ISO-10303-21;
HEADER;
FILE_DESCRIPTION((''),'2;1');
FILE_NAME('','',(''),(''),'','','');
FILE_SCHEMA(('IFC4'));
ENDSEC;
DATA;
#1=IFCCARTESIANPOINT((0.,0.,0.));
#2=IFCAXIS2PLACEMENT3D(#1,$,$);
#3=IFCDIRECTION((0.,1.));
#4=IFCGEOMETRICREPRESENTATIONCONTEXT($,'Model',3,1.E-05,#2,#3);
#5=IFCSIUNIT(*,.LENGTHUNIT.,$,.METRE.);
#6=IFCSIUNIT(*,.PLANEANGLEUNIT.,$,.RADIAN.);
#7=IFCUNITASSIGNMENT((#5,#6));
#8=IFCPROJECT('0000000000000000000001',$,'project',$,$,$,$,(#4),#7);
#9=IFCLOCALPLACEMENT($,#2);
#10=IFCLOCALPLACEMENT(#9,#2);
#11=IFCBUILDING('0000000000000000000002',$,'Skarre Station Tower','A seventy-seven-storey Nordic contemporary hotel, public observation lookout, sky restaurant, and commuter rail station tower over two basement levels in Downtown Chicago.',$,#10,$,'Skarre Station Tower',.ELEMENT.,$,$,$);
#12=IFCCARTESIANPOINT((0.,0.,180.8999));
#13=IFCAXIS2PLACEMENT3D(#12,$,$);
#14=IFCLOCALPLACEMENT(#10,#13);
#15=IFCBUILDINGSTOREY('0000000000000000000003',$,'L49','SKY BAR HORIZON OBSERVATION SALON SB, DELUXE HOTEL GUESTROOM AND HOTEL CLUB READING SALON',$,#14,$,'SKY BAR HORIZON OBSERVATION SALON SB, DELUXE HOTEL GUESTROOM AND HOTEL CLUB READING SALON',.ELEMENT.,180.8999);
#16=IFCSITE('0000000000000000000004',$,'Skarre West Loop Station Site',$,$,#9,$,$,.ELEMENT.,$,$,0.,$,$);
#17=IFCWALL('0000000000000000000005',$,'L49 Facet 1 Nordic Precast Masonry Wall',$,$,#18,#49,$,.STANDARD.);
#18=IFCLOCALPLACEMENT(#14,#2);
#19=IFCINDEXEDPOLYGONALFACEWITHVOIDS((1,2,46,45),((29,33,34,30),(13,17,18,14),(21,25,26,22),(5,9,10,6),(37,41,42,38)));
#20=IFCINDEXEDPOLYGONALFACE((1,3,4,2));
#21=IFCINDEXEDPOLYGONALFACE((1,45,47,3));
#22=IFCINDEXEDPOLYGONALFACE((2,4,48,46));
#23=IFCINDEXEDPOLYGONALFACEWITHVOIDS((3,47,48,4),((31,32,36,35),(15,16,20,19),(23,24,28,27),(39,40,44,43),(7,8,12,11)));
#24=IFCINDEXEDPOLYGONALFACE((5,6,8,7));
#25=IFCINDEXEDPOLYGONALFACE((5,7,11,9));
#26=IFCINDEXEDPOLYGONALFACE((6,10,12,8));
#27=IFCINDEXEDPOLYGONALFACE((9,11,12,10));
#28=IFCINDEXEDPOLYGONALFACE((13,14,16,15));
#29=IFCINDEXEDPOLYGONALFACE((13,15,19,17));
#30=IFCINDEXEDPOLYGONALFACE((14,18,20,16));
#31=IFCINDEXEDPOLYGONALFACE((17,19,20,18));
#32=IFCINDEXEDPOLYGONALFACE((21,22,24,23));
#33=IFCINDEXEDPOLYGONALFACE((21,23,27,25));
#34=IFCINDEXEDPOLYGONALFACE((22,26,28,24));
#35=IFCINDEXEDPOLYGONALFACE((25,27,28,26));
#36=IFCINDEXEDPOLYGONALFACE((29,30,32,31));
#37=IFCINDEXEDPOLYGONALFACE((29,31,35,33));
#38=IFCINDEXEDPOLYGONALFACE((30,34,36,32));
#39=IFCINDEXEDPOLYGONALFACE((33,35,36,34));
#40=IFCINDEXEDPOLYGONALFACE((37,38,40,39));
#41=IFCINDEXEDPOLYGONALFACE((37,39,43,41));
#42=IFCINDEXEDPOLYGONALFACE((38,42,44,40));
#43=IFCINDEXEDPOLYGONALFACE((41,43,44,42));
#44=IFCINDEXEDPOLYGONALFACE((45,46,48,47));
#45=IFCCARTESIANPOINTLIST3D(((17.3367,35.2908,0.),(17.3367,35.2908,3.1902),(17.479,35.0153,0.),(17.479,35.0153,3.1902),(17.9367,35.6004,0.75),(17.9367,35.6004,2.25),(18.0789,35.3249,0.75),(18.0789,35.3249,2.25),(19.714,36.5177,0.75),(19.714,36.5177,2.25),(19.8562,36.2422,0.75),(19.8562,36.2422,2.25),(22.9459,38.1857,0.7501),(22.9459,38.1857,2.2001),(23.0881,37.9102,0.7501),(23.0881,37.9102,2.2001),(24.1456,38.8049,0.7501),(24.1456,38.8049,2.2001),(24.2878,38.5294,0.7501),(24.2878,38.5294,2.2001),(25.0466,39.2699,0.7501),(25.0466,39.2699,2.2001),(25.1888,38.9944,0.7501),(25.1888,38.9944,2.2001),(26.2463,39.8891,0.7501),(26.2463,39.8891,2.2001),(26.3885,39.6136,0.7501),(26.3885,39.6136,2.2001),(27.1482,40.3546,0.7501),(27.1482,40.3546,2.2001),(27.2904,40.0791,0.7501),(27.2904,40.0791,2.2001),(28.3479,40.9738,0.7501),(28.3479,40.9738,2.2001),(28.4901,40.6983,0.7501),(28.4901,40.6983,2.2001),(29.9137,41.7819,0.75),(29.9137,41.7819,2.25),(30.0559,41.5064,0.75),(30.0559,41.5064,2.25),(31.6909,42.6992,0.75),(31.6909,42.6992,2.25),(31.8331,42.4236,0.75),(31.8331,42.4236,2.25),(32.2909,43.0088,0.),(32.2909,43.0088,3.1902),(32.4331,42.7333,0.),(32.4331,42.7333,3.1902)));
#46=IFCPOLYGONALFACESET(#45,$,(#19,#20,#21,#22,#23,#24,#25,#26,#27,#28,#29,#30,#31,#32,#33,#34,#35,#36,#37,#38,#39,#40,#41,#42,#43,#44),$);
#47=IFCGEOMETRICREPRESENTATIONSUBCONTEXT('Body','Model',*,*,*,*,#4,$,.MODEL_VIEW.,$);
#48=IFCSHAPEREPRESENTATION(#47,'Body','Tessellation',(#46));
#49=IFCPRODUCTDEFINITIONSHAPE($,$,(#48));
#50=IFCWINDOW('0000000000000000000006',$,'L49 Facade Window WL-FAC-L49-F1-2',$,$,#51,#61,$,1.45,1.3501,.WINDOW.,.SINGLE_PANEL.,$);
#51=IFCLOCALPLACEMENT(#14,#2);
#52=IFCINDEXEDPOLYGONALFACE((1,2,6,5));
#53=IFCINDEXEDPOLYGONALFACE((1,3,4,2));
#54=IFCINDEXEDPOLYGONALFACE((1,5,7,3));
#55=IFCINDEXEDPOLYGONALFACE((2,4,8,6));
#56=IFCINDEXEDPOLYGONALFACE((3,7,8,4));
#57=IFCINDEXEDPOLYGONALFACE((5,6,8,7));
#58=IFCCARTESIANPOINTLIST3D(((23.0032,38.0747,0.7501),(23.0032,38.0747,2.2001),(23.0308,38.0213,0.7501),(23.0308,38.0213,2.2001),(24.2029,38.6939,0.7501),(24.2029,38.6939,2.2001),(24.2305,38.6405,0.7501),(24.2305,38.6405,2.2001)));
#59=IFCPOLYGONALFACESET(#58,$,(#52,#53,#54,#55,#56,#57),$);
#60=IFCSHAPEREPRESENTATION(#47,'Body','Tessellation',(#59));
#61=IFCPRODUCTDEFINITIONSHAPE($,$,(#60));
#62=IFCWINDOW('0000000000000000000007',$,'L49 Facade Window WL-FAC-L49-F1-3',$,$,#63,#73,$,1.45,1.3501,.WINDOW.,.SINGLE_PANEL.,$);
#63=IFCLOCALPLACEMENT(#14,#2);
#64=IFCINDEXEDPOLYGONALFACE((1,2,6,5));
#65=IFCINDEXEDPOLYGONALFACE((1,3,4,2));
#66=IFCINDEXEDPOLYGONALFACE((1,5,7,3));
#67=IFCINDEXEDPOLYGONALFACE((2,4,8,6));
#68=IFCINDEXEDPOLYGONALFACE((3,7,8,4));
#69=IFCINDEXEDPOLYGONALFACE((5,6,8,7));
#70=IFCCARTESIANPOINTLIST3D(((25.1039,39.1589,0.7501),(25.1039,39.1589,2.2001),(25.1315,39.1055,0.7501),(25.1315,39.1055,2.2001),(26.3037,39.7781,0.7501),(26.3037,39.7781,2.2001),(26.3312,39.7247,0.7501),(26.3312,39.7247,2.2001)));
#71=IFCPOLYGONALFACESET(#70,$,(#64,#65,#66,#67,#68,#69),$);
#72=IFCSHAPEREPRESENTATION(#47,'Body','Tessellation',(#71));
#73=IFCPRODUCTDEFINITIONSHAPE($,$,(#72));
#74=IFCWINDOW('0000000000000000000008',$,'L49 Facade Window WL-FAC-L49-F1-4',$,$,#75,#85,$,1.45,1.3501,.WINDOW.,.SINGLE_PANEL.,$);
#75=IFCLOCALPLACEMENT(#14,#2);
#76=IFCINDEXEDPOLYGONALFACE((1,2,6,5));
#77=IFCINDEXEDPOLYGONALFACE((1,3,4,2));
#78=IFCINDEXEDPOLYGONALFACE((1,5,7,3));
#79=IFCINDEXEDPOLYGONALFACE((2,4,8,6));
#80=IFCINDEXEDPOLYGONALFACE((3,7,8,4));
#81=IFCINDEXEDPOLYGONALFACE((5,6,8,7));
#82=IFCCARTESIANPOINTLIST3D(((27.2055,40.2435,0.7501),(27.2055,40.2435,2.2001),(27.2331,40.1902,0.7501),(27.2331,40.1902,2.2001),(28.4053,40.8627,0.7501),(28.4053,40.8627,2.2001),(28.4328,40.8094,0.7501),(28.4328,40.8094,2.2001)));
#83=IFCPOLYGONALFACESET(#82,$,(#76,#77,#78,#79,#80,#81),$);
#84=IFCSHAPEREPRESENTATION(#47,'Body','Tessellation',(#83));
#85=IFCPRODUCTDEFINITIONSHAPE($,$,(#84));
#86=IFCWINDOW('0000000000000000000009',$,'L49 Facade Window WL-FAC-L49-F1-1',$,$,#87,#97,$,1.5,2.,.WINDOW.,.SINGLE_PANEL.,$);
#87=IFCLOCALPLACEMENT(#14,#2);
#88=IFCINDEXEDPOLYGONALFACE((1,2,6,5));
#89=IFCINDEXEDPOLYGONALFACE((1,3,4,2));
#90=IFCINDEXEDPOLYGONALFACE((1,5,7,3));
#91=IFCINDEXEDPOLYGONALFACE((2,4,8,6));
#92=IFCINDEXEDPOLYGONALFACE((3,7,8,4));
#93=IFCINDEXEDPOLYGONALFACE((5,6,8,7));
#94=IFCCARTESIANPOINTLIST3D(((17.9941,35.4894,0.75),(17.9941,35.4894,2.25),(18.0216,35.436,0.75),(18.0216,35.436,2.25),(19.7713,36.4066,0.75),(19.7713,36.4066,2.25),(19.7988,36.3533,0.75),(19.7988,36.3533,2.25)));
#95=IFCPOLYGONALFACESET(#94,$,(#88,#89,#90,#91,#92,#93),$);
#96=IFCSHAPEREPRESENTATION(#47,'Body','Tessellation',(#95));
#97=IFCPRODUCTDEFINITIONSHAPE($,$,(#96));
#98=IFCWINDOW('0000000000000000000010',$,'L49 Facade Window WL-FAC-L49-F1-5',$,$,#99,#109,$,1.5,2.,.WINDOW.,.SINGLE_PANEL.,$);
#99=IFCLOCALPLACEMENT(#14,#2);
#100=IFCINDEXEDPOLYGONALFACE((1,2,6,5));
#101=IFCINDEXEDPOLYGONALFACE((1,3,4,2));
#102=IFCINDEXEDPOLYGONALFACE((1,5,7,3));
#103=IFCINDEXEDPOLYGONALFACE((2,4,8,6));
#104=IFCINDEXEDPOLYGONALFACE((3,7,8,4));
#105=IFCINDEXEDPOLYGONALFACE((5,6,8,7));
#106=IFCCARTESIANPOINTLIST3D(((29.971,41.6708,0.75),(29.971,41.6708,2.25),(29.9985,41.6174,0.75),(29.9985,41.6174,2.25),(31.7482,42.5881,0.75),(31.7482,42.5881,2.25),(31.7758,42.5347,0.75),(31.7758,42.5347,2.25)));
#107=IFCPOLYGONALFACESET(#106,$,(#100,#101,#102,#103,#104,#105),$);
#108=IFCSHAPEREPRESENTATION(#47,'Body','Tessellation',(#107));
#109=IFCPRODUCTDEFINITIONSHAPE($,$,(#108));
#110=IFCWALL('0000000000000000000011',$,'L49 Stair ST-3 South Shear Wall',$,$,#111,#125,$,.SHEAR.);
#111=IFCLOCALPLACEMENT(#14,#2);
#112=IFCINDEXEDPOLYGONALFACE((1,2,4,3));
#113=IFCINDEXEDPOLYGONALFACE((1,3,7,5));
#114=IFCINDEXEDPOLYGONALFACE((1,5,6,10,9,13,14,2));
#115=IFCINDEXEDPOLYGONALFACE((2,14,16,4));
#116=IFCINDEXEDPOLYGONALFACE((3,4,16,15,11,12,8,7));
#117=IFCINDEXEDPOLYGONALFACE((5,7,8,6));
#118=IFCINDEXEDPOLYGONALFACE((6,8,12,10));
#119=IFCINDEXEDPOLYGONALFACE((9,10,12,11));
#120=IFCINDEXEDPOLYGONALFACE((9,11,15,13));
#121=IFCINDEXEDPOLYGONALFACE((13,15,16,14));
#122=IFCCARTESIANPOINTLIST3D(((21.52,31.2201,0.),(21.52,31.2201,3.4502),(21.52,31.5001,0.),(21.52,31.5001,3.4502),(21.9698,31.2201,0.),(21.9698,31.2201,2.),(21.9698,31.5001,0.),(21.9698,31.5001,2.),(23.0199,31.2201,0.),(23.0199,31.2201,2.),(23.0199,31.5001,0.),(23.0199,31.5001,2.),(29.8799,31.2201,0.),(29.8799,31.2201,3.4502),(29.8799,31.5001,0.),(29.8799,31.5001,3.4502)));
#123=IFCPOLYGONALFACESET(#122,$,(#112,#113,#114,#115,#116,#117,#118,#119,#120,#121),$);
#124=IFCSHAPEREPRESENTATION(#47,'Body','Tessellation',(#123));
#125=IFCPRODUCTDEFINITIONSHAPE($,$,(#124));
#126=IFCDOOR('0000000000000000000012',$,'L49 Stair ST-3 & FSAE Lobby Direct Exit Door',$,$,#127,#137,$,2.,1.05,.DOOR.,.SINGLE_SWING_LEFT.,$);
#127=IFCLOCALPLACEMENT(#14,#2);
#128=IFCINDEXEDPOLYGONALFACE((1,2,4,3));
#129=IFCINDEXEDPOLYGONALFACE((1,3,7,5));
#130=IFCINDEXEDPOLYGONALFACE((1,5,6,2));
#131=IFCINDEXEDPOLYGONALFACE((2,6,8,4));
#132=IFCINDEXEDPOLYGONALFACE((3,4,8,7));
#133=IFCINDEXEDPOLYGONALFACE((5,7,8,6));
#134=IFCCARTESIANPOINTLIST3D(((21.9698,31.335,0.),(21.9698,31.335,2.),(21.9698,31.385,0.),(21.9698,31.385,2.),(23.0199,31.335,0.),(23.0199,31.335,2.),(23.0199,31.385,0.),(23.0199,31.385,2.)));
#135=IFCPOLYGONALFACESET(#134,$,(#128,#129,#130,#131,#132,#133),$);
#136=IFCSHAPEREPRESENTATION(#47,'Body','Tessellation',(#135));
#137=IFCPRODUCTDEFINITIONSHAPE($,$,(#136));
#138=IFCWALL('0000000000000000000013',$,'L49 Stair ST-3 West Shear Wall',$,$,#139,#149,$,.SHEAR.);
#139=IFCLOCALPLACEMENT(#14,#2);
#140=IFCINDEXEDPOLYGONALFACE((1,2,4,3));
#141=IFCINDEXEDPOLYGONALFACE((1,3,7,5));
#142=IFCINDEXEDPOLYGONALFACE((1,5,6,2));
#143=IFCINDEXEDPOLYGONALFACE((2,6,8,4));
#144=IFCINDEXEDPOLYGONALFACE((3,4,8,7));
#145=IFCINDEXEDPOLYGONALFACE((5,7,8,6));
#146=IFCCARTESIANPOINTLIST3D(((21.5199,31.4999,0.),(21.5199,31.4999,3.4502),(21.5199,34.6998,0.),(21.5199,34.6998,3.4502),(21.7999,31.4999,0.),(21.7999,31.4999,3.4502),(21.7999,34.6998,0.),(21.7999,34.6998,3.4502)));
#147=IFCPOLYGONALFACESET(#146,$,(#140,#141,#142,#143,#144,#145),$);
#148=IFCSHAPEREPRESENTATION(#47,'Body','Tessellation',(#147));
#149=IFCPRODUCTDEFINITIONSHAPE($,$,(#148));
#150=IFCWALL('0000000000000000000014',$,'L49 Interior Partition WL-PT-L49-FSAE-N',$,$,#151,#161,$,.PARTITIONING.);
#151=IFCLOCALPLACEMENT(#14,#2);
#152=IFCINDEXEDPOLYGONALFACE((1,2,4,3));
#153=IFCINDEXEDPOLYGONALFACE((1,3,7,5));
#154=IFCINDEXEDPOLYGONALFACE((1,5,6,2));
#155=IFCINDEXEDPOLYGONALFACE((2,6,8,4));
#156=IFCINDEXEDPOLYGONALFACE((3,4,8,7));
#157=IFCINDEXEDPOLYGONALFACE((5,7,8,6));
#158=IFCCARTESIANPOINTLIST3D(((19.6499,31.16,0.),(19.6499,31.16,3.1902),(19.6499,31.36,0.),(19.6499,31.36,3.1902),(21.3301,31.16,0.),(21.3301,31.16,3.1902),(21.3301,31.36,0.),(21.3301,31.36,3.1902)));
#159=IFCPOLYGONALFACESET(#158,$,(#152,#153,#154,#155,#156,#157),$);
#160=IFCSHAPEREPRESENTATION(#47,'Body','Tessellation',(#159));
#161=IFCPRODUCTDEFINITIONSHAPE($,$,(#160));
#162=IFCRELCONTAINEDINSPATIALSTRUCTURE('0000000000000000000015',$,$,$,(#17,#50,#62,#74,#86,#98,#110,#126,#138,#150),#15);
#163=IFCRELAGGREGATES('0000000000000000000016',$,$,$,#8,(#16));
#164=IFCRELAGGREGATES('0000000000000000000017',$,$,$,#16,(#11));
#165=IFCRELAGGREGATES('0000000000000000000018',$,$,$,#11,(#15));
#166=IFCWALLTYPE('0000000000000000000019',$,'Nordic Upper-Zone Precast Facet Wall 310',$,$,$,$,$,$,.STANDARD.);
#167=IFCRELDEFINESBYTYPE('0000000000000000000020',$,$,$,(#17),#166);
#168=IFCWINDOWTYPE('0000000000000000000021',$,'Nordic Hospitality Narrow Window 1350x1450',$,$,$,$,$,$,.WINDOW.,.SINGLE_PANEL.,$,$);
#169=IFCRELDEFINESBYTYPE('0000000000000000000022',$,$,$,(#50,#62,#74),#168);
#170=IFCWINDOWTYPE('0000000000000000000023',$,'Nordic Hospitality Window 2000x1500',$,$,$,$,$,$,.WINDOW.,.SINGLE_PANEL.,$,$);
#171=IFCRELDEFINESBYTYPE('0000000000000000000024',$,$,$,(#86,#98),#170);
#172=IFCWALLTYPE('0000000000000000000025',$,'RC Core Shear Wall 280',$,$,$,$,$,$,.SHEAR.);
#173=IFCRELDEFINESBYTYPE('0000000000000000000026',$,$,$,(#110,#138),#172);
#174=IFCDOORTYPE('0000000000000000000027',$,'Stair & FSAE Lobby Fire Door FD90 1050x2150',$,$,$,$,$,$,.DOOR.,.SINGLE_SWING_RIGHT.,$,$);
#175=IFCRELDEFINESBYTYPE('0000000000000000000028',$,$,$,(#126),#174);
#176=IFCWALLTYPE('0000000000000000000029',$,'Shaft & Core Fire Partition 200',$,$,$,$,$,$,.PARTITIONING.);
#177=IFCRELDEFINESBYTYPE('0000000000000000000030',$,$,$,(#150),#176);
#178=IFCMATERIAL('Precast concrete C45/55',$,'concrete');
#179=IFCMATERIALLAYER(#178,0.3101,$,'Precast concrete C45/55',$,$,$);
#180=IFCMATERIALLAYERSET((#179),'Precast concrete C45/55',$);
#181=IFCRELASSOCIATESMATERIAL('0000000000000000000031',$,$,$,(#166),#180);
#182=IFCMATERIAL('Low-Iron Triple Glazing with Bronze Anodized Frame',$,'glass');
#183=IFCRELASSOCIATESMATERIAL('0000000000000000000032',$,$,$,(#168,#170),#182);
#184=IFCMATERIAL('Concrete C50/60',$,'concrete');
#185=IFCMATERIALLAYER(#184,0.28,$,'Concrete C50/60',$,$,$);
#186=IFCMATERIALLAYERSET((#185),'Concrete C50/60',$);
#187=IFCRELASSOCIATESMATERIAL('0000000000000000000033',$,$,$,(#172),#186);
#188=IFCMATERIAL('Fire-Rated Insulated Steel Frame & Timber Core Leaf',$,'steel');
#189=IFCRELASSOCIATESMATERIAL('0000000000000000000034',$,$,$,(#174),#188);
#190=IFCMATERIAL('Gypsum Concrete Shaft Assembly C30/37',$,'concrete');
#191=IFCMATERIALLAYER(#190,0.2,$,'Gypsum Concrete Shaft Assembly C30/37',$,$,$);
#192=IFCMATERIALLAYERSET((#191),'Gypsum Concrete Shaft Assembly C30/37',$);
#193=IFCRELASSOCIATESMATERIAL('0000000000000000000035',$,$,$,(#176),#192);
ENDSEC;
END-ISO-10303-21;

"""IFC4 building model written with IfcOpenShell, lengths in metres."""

from ifc_helpers import new_model, si_unit, direction, frame, frame_2d, origin, place, context, subcontext, project, spatial, rectangle, extrude, material, layer, layer_set, type_object, element, fill, save


model = new_model("IFC4")

# Units and contexts
model_context = context("Model", 3, precision=1e-05, world=origin(), true_north=direction((0.0, 1.0)))
body_context = subcontext(model_context, "Body", "Model", "MODEL_VIEW")
ifc_project = project(units=[si_unit("LENGTHUNIT", "METRE"), si_unit("PLANEANGLEUNIT", "RADIAN")], contexts=[model_context])

# Site, building, storey
site_placement = place(None, origin())
site = spatial("IfcSite", under=ifc_project, at=site_placement, Name="Skarre West Loop Station Site", CompositionType="ELEMENT", RefElevation=0.0)
building_placement = place(site_placement, origin())
building = spatial("IfcBuilding", under=site, at=building_placement, Name="Skarre Station Tower", Description="A seventy-seven-storey Nordic contemporary hotel, public observation lookout, sky restaurant, and commuter rail station tower over two basement levels in Downtown Chicago.", LongName="Skarre Station Tower", CompositionType="ELEMENT")
storey_placement = place(building_placement, frame((0.0, 0.0, 180.8999)))
storey = spatial("IfcBuildingStorey", under=building, at=storey_placement, Name="L49", Description="SKY BAR HORIZON OBSERVATION SALON SB, DELUXE HOTEL GUESTROOM AND HOTEL CLUB READING SALON", LongName="SKY BAR HORIZON OBSERVATION SALON SB, DELUXE HOTEL GUESTROOM AND HOTEL CLUB READING SALON", CompositionType="ELEMENT", Elevation=180.8999)

# Shared definitions
ifc_material_1 = material(Name="Concrete C50/60", Category="concrete")

# Shared definitions
ifc_material_2 = material(Name="Precast concrete C45/55", Category="concrete")

# Wall, openings, windows
ifc_layer_1 = layer(ifc_material_2, 0.3101, Name="Precast concrete C45/55")
ifc_layer_set_1 = layer_set([ifc_layer_1], Name="Precast concrete C45/55")
wall_type_1 = type_object("IfcWallType", Name="Nordic Upper-Zone Precast Facet Wall 310", PredefinedType="STANDARD", material=ifc_layer_set_1)
wall_1_placement = place(storey_placement, frame((17.408, 35.1531, 0.0), z_axis=(0.0, 0.0, 1.0), x_axis=(0.888626, 0.458632, 0.0)))
wall_1 = element("IfcWall", 1, at=wall_1_placement, inside=storey, type_object=wall_type_1, Name="L49 Facet 1 Nordic Precast Masonry Wall", PredefinedType="STANDARD", context=body_context, shape_type="SweptSolid", body=[
    extrude(rectangle(XDim=16.8284, YDim=0.3101, at=frame_2d((8.4141, 0.0))), origin(), (0.0, 0.0, 1.0), 3.1902),
])
opening_1_placement = place(wall_1_placement, frame((0.675, 0.0, 0.75)))
opening_1 = element("IfcOpeningElement", 2, at=opening_1_placement, cuts=wall_1, PredefinedType="OPENING", context=body_context, shape_type="SweptSolid", body=[
    extrude(rectangle(XDim=2.0, YDim=1.5, at=frame_2d((1.0, 0.75))), frame((0.0, 0.165, 0.0), z_axis=(0.0, -1.0, 0.0), x_axis=(1.0, 0.0, 0.0)), (0.0, 0.0, 1.0), 0.3301),
])
opening_2_placement = place(wall_1_placement, frame((6.312, 0.0, 0.75)))
opening_2 = element("IfcOpeningElement", 3, at=opening_2_placement, cuts=wall_1, PredefinedType="OPENING", context=body_context, shape_type="SweptSolid", body=[
    extrude(rectangle(XDim=1.3501, YDim=1.45, at=frame_2d((0.675, 0.7251))), frame((0.0, 0.165, 0.0), z_axis=(0.0, -1.0, 0.0), x_axis=(1.0, 0.0, 0.0)), (0.0, 0.0, 1.0), 0.3301),
])
opening_3_placement = place(wall_1_placement, frame((8.676, 0.0, 0.75)))
opening_3 = element("IfcOpeningElement", 4, at=opening_3_placement, cuts=wall_1, PredefinedType="OPENING", context=body_context, shape_type="SweptSolid", body=[
    extrude(rectangle(XDim=1.3501, YDim=1.45, at=frame_2d((0.675, 0.7251))), frame((0.0, 0.165, 0.0), z_axis=(0.0, -1.0, 0.0), x_axis=(1.0, 0.0, 0.0)), (0.0, 0.0, 1.0), 0.3301),
])
opening_4_placement = place(wall_1_placement, frame((11.041, 0.0, 0.75)))
opening_4 = element("IfcOpeningElement", 5, at=opening_4_placement, cuts=wall_1, PredefinedType="OPENING", context=body_context, shape_type="SweptSolid", body=[
    extrude(rectangle(XDim=1.3501, YDim=1.45, at=frame_2d((0.675, 0.7251))), frame((0.0, 0.165, 0.0), z_axis=(0.0, -1.0, 0.0), x_axis=(1.0, 0.0, 0.0)), (0.0, 0.0, 1.0), 0.3301),
])
opening_5_placement = place(wall_1_placement, frame((14.1531, 0.0, 0.75)))
opening_5 = element("IfcOpeningElement", 6, at=opening_5_placement, cuts=wall_1, PredefinedType="OPENING", context=body_context, shape_type="SweptSolid", body=[
    extrude(rectangle(XDim=2.0, YDim=1.5, at=frame_2d((1.0, 0.75))), frame((0.0, 0.165, 0.0), z_axis=(0.0, -1.0, 0.0), x_axis=(1.0, 0.0, 0.0)), (0.0, 0.0, 1.0), 0.3301),
])
ifc_material_3 = material(Name="Low-Iron Triple Glazing with Bronze Anodized Frame", Category="glass")
window_type_1 = type_object("IfcWindowType", Name="Nordic Hospitality Narrow Window 1350x1450", PartitioningType="SINGLE_PANEL", PredefinedType="WINDOW", material=ifc_material_3)
window_1_placement = place(opening_2_placement, origin())
window_1 = element("IfcWindow", 7, at=window_1_placement, inside=storey, type_object=window_type_1, Name="L49 Facade Window WL-FAC-L49-F1-2", OverallHeight=1.45, OverallWidth=1.3501, PartitioningType="SINGLE_PANEL", PredefinedType="WINDOW", context=body_context, shape_type="SweptSolid", body=[
    extrude(rectangle(XDim=1.3501, YDim=1.45, at=frame_2d((0.675, 0.7251))), frame((0.0, 0.03, 0.0), z_axis=(0.0, -1.0, 0.0), x_axis=(1.0, 0.0, 0.0)), (0.0, 0.0, 1.0), 0.0601),
])
fill(opening_2, window_1)
window_2_placement = place(opening_3_placement, origin())
window_2 = element("IfcWindow", 8, at=window_2_placement, inside=storey, type_object=window_type_1, Name="L49 Facade Window WL-FAC-L49-F1-3", OverallHeight=1.45, OverallWidth=1.3501, PartitioningType="SINGLE_PANEL", PredefinedType="WINDOW", context=body_context, shape_type="SweptSolid", body=[
    extrude(rectangle(XDim=1.3501, YDim=1.45, at=frame_2d((0.675, 0.7251))), frame((0.0, 0.03, 0.0), z_axis=(0.0, -1.0, 0.0), x_axis=(1.0, 0.0, 0.0)), (0.0, 0.0, 1.0), 0.0601),
])
fill(opening_3, window_2)
window_3_placement = place(opening_4_placement, origin())
window_3 = element("IfcWindow", 9, at=window_3_placement, inside=storey, type_object=window_type_1, Name="L49 Facade Window WL-FAC-L49-F1-4", OverallHeight=1.45, OverallWidth=1.3501, PartitioningType="SINGLE_PANEL", PredefinedType="WINDOW", context=body_context, shape_type="SweptSolid", body=[
    extrude(rectangle(XDim=1.3501, YDim=1.45, at=frame_2d((0.675, 0.7251))), frame((0.0, 0.03, 0.0), z_axis=(0.0, -1.0, 0.0), x_axis=(1.0, 0.0, 0.0)), (0.0, 0.0, 1.0), 0.0601),
])
fill(opening_4, window_3)
window_type_2 = type_object("IfcWindowType", Name="Nordic Hospitality Window 2000x1500", PartitioningType="SINGLE_PANEL", PredefinedType="WINDOW", material=ifc_material_3)
window_4_placement = place(opening_1_placement, origin())
window_4 = element("IfcWindow", 10, at=window_4_placement, inside=storey, type_object=window_type_2, Name="L49 Facade Window WL-FAC-L49-F1-1", OverallHeight=1.5, OverallWidth=2.0, PartitioningType="SINGLE_PANEL", PredefinedType="WINDOW", context=body_context, shape_type="SweptSolid", body=[
    extrude(rectangle(XDim=2.0, YDim=1.5, at=frame_2d((1.0, 0.75))), frame((0.0, 0.03, 0.0), z_axis=(0.0, -1.0, 0.0), x_axis=(1.0, 0.0, 0.0)), (0.0, 0.0, 1.0), 0.0601),
])
fill(opening_1, window_4)
window_5_placement = place(opening_5_placement, origin())
window_5 = element("IfcWindow", 11, at=window_5_placement, inside=storey, type_object=window_type_2, Name="L49 Facade Window WL-FAC-L49-F1-5", OverallHeight=1.5, OverallWidth=2.0, PartitioningType="SINGLE_PANEL", PredefinedType="WINDOW", context=body_context, shape_type="SweptSolid", body=[
    extrude(rectangle(XDim=2.0, YDim=1.5, at=frame_2d((1.0, 0.75))), frame((0.0, 0.03, 0.0), z_axis=(0.0, -1.0, 0.0), x_axis=(1.0, 0.0, 0.0)), (0.0, 0.0, 1.0), 0.0601),
])
fill(opening_5, window_5)

# Wall, opening, door
ifc_layer_2 = layer(ifc_material_1, 0.28, Name="Concrete C50/60")
ifc_layer_set_2 = layer_set([ifc_layer_2], Name="Concrete C50/60")
wall_type_2 = type_object("IfcWallType", Name="RC Core Shear Wall 280", PredefinedType="SHEAR", material=ifc_layer_set_2)
wall_2_placement = place(storey_placement, frame((21.52, 31.3601, 0.0), z_axis=(0.0, 0.0, 1.0), x_axis=(1.0, 0.0, 0.0)))
wall_2 = element("IfcWall", 12, at=wall_2_placement, inside=storey, type_object=wall_type_2, Name="L49 Stair ST-3 South Shear Wall", PredefinedType="SHEAR", context=body_context, shape_type="SweptSolid", body=[
    extrude(rectangle(XDim=8.3599, YDim=0.28, at=frame_2d((4.1799, 0.0))), origin(), (0.0, 0.0, 1.0), 3.4502),
])
opening_6_placement = place(wall_2_placement, frame((0.45, 0.0, 0.0)))
opening_6 = element("IfcOpeningElement", 13, at=opening_6_placement, cuts=wall_2, PredefinedType="OPENING", context=body_context, shape_type="SweptSolid", body=[
    extrude(rectangle(XDim=1.05, YDim=2.0, at=frame_2d((0.5249, 1.0))), frame((0.0, 0.1499, 0.0), z_axis=(0.0, -1.0, 0.0), x_axis=(1.0, 0.0, 0.0)), (0.0, 0.0, 1.0), 0.3),
])
ifc_material_4 = material(Name="Fire-Rated Insulated Steel Frame & Timber Core Leaf", Category="steel")
door_type = type_object("IfcDoorType", Name="Stair & FSAE Lobby Fire Door FD90 1050x2150", OperationType="SINGLE_SWING_RIGHT", PredefinedType="DOOR", material=ifc_material_4)
door_placement = place(opening_6_placement, origin())
door = element("IfcDoor", 14, at=door_placement, inside=storey, type_object=door_type, Name="L49 Stair ST-3 & FSAE Lobby Direct Exit Door", OperationType="SINGLE_SWING_LEFT", OverallHeight=2.0, OverallWidth=1.05, PredefinedType="DOOR", context=body_context, shape_type="SweptSolid", body=[
    extrude(rectangle(XDim=1.05, YDim=2.0, at=frame_2d((0.5249, 1.0))), frame((0.0, 0.0249, 0.0), z_axis=(0.0, -1.0, 0.0), x_axis=(1.0, 0.0, 0.0)), (0.0, 0.0, 1.0), 0.05),
])
fill(opening_6, door)

# Walls
wall_3_placement = place(storey_placement, frame((21.6599, 34.7, 0.0), z_axis=(0.0, 0.0, 1.0), x_axis=(0.0, -1.0, 0.0)))
element("IfcWall", 15, at=wall_3_placement, inside=storey, type_object=wall_type_2, Name="L49 Stair ST-3 West Shear Wall", PredefinedType="SHEAR", context=body_context, shape_type="SweptSolid", body=[
    extrude(rectangle(XDim=3.2, YDim=0.28, at=frame_2d((1.6001, 0.0))), origin(), (0.0, 0.0, 1.0), 3.4502),
])
ifc_material_5 = material(Name="Gypsum Concrete Shaft Assembly C30/37", Category="concrete")
ifc_layer_3 = layer(ifc_material_5, 0.2, Name="Gypsum Concrete Shaft Assembly C30/37")
ifc_layer_set_3 = layer_set([ifc_layer_3], Name="Gypsum Concrete Shaft Assembly C30/37")
wall_type_3 = type_object("IfcWallType", Name="Shaft & Core Fire Partition 200", PredefinedType="PARTITIONING", material=ifc_layer_set_3)
wall_4_placement = place(storey_placement, frame((21.3301, 31.26, 0.0), z_axis=(0.0, 0.0, 1.0), x_axis=(-1.0, 0.0, 0.0)))
element("IfcWall", 16, at=wall_4_placement, inside=storey, type_object=wall_type_3, Name="L49 Interior Partition WL-PT-L49-FSAE-N", PredefinedType="PARTITIONING", context=body_context, shape_type="SweptSolid", body=[
    extrude(rectangle(XDim=1.6802, YDim=0.2, at=frame_2d((0.8401, 0.0))), origin(), (0.0, 0.0, 1.0), 3.1902),
])

save(model, "model.ifc")
